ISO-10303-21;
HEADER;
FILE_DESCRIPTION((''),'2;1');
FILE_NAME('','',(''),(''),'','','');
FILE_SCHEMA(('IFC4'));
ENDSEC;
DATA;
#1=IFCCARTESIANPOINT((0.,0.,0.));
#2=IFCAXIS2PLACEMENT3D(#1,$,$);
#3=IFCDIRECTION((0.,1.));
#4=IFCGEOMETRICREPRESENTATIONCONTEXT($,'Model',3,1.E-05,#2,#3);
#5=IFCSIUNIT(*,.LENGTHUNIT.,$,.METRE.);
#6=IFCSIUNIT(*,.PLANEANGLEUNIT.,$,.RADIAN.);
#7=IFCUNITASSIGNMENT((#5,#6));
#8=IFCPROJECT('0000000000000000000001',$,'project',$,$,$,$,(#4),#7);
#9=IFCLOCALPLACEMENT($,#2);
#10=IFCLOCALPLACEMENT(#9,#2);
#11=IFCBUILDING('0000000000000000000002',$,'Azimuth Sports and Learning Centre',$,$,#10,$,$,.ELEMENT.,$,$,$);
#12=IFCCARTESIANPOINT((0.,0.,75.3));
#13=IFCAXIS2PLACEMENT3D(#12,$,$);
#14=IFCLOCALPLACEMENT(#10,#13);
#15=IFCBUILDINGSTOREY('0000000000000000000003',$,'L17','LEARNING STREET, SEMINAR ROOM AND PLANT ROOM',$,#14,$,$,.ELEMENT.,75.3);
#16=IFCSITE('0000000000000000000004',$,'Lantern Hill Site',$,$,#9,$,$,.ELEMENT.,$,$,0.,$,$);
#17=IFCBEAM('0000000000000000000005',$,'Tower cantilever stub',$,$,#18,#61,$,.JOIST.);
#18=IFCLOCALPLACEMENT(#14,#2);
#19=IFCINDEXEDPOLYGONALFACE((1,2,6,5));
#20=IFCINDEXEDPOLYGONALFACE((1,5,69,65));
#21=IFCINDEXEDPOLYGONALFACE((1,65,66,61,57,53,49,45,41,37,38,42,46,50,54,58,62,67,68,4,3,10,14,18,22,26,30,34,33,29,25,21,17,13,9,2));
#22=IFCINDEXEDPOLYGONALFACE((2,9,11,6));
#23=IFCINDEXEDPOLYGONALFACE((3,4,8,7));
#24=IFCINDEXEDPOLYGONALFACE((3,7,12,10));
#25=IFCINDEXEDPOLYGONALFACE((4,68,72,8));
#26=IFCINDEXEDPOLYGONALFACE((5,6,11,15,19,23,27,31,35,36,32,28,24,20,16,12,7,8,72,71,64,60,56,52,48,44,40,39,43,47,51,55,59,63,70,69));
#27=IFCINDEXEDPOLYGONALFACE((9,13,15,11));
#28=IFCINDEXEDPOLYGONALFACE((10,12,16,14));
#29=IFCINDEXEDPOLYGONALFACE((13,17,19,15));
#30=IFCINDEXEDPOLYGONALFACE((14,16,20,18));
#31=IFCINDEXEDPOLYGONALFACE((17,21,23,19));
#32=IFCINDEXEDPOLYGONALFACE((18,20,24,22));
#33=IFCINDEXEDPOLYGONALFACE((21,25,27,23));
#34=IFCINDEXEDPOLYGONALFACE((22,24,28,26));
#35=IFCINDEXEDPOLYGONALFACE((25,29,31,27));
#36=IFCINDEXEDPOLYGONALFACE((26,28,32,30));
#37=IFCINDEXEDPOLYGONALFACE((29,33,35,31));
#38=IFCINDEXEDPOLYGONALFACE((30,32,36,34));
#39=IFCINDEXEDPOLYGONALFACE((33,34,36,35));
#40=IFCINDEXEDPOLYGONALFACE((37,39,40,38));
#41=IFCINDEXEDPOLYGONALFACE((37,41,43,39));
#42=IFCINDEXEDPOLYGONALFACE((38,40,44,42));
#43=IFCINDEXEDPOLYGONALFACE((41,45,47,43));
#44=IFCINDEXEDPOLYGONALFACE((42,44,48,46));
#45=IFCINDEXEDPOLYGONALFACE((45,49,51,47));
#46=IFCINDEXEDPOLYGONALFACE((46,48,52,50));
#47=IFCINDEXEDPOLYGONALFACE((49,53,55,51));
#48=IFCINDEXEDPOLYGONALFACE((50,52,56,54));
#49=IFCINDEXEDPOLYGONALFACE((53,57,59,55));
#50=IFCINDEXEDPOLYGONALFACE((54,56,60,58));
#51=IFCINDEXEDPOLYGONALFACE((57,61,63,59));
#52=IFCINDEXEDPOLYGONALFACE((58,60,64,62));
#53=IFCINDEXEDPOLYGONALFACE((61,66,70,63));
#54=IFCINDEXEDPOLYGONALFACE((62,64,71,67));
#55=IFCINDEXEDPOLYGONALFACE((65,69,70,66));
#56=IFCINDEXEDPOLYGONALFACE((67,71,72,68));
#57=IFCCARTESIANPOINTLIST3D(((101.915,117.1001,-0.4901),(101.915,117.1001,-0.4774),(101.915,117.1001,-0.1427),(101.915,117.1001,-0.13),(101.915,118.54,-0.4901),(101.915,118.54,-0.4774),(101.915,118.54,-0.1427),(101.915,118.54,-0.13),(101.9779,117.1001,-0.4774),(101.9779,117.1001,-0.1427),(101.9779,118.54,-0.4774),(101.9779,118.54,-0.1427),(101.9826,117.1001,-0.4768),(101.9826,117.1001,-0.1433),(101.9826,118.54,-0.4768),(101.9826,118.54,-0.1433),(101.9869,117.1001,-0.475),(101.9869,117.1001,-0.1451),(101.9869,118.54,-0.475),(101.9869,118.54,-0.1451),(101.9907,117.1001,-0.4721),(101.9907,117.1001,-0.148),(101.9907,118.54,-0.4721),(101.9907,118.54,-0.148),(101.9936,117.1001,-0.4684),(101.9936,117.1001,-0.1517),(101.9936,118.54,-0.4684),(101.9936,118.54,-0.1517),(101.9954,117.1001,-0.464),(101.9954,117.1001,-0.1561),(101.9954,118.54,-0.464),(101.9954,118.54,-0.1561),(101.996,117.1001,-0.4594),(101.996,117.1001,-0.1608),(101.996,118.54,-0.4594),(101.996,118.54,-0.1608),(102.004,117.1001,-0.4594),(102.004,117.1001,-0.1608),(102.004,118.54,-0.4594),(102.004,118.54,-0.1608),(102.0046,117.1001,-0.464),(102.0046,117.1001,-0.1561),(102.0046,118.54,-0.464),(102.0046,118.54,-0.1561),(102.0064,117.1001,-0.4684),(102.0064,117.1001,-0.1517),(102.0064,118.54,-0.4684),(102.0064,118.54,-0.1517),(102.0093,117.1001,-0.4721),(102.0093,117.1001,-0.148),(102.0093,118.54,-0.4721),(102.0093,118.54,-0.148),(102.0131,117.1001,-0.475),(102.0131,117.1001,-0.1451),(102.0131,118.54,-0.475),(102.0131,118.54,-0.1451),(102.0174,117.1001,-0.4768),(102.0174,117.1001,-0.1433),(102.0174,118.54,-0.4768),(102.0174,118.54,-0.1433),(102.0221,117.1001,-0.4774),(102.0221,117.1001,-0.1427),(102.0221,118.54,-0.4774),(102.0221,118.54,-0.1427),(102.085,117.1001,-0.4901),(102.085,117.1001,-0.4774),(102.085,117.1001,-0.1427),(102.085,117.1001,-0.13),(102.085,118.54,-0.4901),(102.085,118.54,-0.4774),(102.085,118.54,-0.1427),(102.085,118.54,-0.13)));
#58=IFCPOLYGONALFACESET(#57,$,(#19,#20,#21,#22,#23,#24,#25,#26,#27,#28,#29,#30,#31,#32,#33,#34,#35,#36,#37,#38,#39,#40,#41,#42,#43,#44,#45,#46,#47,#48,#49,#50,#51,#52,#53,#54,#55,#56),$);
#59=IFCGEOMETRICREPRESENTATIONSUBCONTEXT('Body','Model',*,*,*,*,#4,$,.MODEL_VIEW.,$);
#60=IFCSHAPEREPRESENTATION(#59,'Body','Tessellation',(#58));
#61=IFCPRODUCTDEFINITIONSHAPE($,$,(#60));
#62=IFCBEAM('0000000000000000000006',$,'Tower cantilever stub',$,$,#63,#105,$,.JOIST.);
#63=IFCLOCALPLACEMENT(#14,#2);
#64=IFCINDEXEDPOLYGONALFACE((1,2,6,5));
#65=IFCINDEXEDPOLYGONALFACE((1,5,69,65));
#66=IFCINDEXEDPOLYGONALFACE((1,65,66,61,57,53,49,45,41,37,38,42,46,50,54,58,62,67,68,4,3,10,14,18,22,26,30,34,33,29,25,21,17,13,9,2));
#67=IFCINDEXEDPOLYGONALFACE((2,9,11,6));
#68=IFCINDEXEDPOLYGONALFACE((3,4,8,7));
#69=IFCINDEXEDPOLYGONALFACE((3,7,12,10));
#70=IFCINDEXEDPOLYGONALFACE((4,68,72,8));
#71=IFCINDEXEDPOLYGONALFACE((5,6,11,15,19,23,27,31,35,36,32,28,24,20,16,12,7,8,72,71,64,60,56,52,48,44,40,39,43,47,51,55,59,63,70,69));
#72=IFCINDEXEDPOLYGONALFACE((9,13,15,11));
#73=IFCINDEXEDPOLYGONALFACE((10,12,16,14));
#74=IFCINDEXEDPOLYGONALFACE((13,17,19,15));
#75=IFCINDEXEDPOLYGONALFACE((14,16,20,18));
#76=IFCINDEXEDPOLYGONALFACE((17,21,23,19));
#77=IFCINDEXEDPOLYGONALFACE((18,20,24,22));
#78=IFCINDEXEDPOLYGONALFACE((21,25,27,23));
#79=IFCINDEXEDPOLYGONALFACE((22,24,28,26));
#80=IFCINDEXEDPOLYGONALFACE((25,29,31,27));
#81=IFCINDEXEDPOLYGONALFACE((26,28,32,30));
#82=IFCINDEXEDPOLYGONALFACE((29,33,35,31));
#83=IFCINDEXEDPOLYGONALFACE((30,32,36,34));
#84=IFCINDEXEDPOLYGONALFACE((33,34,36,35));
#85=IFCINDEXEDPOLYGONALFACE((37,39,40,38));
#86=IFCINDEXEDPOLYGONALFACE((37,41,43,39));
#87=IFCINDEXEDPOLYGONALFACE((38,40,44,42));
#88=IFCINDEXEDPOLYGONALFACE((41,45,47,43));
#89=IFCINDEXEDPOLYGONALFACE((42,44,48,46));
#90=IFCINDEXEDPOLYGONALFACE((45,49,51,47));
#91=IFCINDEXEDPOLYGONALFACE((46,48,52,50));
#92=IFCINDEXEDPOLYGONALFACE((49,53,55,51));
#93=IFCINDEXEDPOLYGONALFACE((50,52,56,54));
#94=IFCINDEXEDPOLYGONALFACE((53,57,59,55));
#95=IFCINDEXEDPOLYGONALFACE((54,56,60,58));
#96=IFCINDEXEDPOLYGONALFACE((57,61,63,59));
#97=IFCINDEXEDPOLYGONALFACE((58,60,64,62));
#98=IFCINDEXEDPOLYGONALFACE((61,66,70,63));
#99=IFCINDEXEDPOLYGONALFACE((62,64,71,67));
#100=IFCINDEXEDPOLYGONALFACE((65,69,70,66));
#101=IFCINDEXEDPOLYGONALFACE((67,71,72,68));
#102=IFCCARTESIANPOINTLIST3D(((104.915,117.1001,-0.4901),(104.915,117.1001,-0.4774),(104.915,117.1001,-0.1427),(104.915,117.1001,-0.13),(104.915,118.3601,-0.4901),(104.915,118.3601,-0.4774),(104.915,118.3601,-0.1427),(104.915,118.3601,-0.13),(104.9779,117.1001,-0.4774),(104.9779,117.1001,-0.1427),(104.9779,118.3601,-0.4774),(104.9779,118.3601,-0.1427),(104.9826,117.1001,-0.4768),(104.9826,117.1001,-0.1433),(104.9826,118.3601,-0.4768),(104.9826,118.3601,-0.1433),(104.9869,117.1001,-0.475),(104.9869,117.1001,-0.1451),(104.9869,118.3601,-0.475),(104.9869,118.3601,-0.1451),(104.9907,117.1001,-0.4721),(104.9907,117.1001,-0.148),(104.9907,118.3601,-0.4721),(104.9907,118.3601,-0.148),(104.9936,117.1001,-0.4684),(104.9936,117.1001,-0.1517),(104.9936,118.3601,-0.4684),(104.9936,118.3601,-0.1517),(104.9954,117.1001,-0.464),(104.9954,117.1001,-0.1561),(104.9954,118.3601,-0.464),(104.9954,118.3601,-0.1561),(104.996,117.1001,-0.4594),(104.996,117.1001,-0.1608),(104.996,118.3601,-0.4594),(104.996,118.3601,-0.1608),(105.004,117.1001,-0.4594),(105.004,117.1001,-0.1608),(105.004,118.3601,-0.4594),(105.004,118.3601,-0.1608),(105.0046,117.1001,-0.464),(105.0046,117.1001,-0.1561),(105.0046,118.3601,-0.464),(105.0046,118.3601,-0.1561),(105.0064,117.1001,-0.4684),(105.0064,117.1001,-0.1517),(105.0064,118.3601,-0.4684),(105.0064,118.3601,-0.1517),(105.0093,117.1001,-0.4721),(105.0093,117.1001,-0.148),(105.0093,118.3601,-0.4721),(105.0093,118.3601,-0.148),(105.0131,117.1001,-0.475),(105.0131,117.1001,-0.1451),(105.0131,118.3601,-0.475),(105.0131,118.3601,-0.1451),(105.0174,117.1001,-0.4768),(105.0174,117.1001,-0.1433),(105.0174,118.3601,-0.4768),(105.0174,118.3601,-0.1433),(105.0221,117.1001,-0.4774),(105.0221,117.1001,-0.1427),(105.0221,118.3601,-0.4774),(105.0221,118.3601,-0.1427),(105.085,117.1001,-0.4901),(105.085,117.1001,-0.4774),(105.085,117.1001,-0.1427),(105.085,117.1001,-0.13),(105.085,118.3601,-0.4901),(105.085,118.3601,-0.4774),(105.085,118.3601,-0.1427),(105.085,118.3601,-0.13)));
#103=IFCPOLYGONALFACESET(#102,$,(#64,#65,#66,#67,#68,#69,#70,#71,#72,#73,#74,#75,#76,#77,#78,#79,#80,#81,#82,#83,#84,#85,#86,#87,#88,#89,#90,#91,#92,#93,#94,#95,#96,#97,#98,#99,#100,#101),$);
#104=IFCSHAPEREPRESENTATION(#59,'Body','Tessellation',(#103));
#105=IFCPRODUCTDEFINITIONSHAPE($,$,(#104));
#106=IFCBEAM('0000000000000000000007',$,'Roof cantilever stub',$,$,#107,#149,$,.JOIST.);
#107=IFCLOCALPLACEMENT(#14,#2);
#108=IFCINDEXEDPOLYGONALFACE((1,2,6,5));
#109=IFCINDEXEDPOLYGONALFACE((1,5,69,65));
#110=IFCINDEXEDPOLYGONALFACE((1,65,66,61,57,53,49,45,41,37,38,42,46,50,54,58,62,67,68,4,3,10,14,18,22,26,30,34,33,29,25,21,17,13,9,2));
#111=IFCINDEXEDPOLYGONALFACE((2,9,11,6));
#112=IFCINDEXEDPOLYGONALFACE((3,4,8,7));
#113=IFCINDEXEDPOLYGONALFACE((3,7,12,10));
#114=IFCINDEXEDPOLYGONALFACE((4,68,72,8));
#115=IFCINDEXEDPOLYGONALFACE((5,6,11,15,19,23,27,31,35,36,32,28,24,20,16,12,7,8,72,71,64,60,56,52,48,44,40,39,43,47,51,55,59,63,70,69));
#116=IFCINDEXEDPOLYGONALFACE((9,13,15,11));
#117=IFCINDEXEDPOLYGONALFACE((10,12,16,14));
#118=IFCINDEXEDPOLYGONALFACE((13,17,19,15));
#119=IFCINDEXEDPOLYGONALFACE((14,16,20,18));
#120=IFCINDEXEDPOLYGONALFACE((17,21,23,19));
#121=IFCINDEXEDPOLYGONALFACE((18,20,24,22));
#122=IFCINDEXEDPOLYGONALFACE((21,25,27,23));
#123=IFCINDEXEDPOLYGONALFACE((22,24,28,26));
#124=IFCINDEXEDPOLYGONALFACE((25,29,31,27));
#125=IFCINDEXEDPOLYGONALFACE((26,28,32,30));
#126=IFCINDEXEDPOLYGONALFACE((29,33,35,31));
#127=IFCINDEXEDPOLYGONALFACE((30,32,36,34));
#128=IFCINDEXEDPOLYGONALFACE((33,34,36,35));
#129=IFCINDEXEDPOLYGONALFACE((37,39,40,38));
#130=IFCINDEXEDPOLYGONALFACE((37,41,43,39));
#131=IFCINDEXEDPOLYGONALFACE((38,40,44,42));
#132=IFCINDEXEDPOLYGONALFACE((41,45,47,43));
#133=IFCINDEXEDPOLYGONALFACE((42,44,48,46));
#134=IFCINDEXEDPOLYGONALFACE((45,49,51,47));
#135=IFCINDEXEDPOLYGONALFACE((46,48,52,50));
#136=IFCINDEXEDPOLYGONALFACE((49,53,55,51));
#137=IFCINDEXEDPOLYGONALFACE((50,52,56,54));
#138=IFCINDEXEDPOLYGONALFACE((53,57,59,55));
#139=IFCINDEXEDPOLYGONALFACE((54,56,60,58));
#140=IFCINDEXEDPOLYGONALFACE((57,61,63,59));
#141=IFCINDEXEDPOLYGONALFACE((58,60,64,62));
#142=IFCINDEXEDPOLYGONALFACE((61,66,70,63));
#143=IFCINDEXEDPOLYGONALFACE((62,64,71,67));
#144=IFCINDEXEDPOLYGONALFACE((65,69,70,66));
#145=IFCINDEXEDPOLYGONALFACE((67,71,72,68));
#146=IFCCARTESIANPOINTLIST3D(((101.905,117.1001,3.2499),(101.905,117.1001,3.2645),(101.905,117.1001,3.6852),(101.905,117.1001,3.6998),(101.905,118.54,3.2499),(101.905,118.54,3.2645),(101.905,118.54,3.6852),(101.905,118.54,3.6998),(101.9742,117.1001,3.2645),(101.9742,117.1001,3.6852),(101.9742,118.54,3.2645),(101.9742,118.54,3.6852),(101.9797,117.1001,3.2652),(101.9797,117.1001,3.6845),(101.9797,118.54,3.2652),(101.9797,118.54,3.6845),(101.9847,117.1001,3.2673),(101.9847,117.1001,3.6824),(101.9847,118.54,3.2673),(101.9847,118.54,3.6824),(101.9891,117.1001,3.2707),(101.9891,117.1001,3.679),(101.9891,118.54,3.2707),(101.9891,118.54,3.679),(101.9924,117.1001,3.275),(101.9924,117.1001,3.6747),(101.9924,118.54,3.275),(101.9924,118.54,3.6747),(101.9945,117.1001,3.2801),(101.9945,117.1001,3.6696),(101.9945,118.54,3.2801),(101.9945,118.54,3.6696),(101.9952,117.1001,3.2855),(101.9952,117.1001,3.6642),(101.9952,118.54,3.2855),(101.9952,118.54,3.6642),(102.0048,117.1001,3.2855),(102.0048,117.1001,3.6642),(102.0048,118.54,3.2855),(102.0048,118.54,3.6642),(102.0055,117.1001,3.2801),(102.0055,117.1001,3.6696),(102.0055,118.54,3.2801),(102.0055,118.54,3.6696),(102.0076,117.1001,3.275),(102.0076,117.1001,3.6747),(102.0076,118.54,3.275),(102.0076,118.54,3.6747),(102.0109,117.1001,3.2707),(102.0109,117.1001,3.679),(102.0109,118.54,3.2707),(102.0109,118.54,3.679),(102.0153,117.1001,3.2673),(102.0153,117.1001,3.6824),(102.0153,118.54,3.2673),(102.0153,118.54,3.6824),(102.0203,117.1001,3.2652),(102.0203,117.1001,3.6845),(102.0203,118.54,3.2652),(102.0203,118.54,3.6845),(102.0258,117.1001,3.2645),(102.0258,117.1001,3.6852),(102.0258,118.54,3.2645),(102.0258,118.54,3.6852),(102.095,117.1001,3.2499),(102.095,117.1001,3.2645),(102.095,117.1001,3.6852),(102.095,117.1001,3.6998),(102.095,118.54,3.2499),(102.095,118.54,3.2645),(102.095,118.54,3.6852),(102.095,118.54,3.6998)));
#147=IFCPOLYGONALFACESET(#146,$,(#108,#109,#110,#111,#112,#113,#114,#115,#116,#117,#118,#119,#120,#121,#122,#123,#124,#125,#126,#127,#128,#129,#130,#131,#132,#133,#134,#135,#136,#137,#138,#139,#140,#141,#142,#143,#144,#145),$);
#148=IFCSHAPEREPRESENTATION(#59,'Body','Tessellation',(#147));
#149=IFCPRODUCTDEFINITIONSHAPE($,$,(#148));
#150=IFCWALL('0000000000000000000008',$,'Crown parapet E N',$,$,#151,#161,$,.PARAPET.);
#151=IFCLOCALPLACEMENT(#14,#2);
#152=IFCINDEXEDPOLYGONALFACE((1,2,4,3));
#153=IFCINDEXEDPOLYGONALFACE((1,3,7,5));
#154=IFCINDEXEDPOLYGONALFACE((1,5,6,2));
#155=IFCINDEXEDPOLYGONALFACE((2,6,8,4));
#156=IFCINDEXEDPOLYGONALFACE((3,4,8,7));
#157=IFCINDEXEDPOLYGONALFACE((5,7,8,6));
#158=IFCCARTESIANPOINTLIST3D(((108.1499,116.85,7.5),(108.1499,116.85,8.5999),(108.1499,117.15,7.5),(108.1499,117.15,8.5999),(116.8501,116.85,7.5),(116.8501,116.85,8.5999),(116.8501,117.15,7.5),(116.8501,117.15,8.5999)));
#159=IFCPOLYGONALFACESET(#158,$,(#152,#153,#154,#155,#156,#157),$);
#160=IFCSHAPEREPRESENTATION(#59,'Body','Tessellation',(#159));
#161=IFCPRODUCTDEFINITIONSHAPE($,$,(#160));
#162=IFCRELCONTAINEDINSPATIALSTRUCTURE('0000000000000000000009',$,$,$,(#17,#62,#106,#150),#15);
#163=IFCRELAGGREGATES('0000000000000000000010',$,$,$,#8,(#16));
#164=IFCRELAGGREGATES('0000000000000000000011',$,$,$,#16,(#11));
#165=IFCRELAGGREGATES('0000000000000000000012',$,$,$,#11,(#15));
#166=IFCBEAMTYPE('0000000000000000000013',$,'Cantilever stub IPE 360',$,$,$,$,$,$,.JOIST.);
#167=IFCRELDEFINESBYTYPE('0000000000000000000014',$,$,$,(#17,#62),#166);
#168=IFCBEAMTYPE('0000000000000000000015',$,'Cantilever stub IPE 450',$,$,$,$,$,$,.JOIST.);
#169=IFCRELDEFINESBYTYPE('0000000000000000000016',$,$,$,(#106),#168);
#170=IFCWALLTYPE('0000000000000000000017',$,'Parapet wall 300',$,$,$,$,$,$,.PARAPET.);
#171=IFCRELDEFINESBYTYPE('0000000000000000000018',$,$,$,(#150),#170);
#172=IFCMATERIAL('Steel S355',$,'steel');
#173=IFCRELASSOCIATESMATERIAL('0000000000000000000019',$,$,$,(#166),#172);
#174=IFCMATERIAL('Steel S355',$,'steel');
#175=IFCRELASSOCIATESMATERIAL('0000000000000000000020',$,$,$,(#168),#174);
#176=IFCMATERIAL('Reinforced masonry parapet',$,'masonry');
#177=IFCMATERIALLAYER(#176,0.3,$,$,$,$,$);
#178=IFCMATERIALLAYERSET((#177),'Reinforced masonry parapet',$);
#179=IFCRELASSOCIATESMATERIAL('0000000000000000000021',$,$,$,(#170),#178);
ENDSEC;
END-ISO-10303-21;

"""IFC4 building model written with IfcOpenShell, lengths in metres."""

from ifc_helpers import new_model, si_unit, direction, frame, frame_2d, origin, origin_2d, place, context, subcontext, project, spatial, rectangle, i_section, extrude, material, layer, layer_set, material_profile, profile_set, type_object, element, save


model = new_model("IFC4")

# Units and contexts
model_context = context("Model", 3, precision=1e-05, world=origin(), true_north=direction((0.0, 1.0)))
body_context = subcontext(model_context, "Body", "Model", "MODEL_VIEW")
ifc_project = project(units=[si_unit("LENGTHUNIT", "METRE"), si_unit("PLANEANGLEUNIT", "RADIAN")], contexts=[model_context])

# Site, building, storey
site_placement = place(None, origin())
site = spatial("IfcSite", under=ifc_project, at=site_placement, Name="Lantern Hill Site", CompositionType="ELEMENT", RefElevation=0.0)
building_placement = place(site_placement, origin())
building = spatial("IfcBuilding", under=site, at=building_placement, Name="Azimuth Sports and Learning Centre", CompositionType="ELEMENT")
storey_placement = place(building_placement, frame((0.0, 0.0, 75.3)))
storey = spatial("IfcBuildingStorey", under=building, at=storey_placement, Name="L17", Description="LEARNING STREET, SEMINAR ROOM AND PLANT ROOM", CompositionType="ELEMENT", Elevation=75.3)

# Beams
ifc_material_1 = material(Name="Steel S355", Category="steel")
ifc_material_profile_1 = material_profile(ifc_material_1, i_section(OverallWidth=0.1699, OverallDepth=0.3601, WebThickness=0.0081, FlangeThickness=0.0127, FilletRadius=0.0181, at=origin_2d()), Name="IPE 360")
ifc_profile_set_1 = profile_set([ifc_material_profile_1], Name="Steel S355")
beam_type_1 = type_object("IfcBeamType", Name="Cantilever stub IPE 360", PredefinedType="JOIST", material=ifc_profile_set_1)
beam_1_placement = place(storey_placement, frame((102.0, 117.1001, -0.3101), z_axis=(0.0, 1.0, 0.0), x_axis=(-1.0, 0.0, 0.0)))
element("IfcBeam", 1, at=beam_1_placement, inside=storey, type_object=beam_type_1, Name="Tower cantilever stub", PredefinedType="JOIST", context=body_context, shape_type="SweptSolid", body=[
    extrude(i_section(OverallWidth=0.1699, OverallDepth=0.3601, WebThickness=0.0081, FlangeThickness=0.0127, FilletRadius=0.0181, at=origin_2d()), origin(), (0.0, 0.0, 1.0), 1.4399),
])
beam_2_placement = place(storey_placement, frame((105.0, 117.1001, -0.3101), z_axis=(0.0, 1.0, 0.0), x_axis=(-1.0, 0.0, 0.0)))
element("IfcBeam", 2, at=beam_2_placement, inside=storey, type_object=beam_type_1, Name="Tower cantilever stub", PredefinedType="JOIST", context=body_context, shape_type="SweptSolid", body=[
    extrude(i_section(OverallWidth=0.1699, OverallDepth=0.3601, WebThickness=0.0081, FlangeThickness=0.0127, FilletRadius=0.0181, at=origin_2d()), origin(), (0.0, 0.0, 1.0), 1.26),
])
ifc_material_2 = material(Name="Steel S355", Category="steel")
ifc_material_profile_2 = material_profile(ifc_material_2, i_section(OverallWidth=0.1899, OverallDepth=0.45, WebThickness=0.0095, FlangeThickness=0.0146, FilletRadius=0.021, at=origin_2d()), Name="IPE 450")
ifc_profile_set_2 = profile_set([ifc_material_profile_2], Name="Steel S355")
beam_type_2 = type_object("IfcBeamType", Name="Cantilever stub IPE 450", PredefinedType="JOIST", material=ifc_profile_set_2)
beam_3_placement = place(storey_placement, frame((102.0, 117.1001, 3.4749), z_axis=(0.0, 1.0, 0.0), x_axis=(-1.0, 0.0, 0.0)))
element("IfcBeam", 3, at=beam_3_placement, inside=storey, type_object=beam_type_2, Name="Roof cantilever stub", PredefinedType="JOIST", context=body_context, shape_type="SweptSolid", body=[
    extrude(i_section(OverallWidth=0.1899, OverallDepth=0.45, WebThickness=0.0095, FlangeThickness=0.0146, FilletRadius=0.021, at=origin_2d()), origin(), (0.0, 0.0, 1.0), 1.4399),
])

# Wall
ifc_material_3 = material(Name="Reinforced masonry parapet", Category="masonry")
ifc_layer_1 = layer(ifc_material_3, 0.3)
ifc_layer_set_1 = layer_set([ifc_layer_1], Name="Reinforced masonry parapet")
wall_type_1 = type_object("IfcWallType", Name="Parapet wall 300", PredefinedType="PARAPET", material=ifc_layer_set_1)
wall_1_placement = place(storey_placement, frame((108.1499, 117.0, 7.5), z_axis=(0.0, 0.0, 1.0), x_axis=(1.0, 0.0, 0.0)))
element("IfcWall", 4, at=wall_1_placement, inside=storey, type_object=wall_type_1, Name="Crown parapet E N", PredefinedType="PARAPET", context=body_context, shape_type="SweptSolid", body=[
    extrude(rectangle(XDim=8.7002, YDim=0.3, at=frame_2d((4.3501, 0.0))), origin(), (0.0, 0.0, 1.0), 1.0999),
])

save(model, "model.ifc")
